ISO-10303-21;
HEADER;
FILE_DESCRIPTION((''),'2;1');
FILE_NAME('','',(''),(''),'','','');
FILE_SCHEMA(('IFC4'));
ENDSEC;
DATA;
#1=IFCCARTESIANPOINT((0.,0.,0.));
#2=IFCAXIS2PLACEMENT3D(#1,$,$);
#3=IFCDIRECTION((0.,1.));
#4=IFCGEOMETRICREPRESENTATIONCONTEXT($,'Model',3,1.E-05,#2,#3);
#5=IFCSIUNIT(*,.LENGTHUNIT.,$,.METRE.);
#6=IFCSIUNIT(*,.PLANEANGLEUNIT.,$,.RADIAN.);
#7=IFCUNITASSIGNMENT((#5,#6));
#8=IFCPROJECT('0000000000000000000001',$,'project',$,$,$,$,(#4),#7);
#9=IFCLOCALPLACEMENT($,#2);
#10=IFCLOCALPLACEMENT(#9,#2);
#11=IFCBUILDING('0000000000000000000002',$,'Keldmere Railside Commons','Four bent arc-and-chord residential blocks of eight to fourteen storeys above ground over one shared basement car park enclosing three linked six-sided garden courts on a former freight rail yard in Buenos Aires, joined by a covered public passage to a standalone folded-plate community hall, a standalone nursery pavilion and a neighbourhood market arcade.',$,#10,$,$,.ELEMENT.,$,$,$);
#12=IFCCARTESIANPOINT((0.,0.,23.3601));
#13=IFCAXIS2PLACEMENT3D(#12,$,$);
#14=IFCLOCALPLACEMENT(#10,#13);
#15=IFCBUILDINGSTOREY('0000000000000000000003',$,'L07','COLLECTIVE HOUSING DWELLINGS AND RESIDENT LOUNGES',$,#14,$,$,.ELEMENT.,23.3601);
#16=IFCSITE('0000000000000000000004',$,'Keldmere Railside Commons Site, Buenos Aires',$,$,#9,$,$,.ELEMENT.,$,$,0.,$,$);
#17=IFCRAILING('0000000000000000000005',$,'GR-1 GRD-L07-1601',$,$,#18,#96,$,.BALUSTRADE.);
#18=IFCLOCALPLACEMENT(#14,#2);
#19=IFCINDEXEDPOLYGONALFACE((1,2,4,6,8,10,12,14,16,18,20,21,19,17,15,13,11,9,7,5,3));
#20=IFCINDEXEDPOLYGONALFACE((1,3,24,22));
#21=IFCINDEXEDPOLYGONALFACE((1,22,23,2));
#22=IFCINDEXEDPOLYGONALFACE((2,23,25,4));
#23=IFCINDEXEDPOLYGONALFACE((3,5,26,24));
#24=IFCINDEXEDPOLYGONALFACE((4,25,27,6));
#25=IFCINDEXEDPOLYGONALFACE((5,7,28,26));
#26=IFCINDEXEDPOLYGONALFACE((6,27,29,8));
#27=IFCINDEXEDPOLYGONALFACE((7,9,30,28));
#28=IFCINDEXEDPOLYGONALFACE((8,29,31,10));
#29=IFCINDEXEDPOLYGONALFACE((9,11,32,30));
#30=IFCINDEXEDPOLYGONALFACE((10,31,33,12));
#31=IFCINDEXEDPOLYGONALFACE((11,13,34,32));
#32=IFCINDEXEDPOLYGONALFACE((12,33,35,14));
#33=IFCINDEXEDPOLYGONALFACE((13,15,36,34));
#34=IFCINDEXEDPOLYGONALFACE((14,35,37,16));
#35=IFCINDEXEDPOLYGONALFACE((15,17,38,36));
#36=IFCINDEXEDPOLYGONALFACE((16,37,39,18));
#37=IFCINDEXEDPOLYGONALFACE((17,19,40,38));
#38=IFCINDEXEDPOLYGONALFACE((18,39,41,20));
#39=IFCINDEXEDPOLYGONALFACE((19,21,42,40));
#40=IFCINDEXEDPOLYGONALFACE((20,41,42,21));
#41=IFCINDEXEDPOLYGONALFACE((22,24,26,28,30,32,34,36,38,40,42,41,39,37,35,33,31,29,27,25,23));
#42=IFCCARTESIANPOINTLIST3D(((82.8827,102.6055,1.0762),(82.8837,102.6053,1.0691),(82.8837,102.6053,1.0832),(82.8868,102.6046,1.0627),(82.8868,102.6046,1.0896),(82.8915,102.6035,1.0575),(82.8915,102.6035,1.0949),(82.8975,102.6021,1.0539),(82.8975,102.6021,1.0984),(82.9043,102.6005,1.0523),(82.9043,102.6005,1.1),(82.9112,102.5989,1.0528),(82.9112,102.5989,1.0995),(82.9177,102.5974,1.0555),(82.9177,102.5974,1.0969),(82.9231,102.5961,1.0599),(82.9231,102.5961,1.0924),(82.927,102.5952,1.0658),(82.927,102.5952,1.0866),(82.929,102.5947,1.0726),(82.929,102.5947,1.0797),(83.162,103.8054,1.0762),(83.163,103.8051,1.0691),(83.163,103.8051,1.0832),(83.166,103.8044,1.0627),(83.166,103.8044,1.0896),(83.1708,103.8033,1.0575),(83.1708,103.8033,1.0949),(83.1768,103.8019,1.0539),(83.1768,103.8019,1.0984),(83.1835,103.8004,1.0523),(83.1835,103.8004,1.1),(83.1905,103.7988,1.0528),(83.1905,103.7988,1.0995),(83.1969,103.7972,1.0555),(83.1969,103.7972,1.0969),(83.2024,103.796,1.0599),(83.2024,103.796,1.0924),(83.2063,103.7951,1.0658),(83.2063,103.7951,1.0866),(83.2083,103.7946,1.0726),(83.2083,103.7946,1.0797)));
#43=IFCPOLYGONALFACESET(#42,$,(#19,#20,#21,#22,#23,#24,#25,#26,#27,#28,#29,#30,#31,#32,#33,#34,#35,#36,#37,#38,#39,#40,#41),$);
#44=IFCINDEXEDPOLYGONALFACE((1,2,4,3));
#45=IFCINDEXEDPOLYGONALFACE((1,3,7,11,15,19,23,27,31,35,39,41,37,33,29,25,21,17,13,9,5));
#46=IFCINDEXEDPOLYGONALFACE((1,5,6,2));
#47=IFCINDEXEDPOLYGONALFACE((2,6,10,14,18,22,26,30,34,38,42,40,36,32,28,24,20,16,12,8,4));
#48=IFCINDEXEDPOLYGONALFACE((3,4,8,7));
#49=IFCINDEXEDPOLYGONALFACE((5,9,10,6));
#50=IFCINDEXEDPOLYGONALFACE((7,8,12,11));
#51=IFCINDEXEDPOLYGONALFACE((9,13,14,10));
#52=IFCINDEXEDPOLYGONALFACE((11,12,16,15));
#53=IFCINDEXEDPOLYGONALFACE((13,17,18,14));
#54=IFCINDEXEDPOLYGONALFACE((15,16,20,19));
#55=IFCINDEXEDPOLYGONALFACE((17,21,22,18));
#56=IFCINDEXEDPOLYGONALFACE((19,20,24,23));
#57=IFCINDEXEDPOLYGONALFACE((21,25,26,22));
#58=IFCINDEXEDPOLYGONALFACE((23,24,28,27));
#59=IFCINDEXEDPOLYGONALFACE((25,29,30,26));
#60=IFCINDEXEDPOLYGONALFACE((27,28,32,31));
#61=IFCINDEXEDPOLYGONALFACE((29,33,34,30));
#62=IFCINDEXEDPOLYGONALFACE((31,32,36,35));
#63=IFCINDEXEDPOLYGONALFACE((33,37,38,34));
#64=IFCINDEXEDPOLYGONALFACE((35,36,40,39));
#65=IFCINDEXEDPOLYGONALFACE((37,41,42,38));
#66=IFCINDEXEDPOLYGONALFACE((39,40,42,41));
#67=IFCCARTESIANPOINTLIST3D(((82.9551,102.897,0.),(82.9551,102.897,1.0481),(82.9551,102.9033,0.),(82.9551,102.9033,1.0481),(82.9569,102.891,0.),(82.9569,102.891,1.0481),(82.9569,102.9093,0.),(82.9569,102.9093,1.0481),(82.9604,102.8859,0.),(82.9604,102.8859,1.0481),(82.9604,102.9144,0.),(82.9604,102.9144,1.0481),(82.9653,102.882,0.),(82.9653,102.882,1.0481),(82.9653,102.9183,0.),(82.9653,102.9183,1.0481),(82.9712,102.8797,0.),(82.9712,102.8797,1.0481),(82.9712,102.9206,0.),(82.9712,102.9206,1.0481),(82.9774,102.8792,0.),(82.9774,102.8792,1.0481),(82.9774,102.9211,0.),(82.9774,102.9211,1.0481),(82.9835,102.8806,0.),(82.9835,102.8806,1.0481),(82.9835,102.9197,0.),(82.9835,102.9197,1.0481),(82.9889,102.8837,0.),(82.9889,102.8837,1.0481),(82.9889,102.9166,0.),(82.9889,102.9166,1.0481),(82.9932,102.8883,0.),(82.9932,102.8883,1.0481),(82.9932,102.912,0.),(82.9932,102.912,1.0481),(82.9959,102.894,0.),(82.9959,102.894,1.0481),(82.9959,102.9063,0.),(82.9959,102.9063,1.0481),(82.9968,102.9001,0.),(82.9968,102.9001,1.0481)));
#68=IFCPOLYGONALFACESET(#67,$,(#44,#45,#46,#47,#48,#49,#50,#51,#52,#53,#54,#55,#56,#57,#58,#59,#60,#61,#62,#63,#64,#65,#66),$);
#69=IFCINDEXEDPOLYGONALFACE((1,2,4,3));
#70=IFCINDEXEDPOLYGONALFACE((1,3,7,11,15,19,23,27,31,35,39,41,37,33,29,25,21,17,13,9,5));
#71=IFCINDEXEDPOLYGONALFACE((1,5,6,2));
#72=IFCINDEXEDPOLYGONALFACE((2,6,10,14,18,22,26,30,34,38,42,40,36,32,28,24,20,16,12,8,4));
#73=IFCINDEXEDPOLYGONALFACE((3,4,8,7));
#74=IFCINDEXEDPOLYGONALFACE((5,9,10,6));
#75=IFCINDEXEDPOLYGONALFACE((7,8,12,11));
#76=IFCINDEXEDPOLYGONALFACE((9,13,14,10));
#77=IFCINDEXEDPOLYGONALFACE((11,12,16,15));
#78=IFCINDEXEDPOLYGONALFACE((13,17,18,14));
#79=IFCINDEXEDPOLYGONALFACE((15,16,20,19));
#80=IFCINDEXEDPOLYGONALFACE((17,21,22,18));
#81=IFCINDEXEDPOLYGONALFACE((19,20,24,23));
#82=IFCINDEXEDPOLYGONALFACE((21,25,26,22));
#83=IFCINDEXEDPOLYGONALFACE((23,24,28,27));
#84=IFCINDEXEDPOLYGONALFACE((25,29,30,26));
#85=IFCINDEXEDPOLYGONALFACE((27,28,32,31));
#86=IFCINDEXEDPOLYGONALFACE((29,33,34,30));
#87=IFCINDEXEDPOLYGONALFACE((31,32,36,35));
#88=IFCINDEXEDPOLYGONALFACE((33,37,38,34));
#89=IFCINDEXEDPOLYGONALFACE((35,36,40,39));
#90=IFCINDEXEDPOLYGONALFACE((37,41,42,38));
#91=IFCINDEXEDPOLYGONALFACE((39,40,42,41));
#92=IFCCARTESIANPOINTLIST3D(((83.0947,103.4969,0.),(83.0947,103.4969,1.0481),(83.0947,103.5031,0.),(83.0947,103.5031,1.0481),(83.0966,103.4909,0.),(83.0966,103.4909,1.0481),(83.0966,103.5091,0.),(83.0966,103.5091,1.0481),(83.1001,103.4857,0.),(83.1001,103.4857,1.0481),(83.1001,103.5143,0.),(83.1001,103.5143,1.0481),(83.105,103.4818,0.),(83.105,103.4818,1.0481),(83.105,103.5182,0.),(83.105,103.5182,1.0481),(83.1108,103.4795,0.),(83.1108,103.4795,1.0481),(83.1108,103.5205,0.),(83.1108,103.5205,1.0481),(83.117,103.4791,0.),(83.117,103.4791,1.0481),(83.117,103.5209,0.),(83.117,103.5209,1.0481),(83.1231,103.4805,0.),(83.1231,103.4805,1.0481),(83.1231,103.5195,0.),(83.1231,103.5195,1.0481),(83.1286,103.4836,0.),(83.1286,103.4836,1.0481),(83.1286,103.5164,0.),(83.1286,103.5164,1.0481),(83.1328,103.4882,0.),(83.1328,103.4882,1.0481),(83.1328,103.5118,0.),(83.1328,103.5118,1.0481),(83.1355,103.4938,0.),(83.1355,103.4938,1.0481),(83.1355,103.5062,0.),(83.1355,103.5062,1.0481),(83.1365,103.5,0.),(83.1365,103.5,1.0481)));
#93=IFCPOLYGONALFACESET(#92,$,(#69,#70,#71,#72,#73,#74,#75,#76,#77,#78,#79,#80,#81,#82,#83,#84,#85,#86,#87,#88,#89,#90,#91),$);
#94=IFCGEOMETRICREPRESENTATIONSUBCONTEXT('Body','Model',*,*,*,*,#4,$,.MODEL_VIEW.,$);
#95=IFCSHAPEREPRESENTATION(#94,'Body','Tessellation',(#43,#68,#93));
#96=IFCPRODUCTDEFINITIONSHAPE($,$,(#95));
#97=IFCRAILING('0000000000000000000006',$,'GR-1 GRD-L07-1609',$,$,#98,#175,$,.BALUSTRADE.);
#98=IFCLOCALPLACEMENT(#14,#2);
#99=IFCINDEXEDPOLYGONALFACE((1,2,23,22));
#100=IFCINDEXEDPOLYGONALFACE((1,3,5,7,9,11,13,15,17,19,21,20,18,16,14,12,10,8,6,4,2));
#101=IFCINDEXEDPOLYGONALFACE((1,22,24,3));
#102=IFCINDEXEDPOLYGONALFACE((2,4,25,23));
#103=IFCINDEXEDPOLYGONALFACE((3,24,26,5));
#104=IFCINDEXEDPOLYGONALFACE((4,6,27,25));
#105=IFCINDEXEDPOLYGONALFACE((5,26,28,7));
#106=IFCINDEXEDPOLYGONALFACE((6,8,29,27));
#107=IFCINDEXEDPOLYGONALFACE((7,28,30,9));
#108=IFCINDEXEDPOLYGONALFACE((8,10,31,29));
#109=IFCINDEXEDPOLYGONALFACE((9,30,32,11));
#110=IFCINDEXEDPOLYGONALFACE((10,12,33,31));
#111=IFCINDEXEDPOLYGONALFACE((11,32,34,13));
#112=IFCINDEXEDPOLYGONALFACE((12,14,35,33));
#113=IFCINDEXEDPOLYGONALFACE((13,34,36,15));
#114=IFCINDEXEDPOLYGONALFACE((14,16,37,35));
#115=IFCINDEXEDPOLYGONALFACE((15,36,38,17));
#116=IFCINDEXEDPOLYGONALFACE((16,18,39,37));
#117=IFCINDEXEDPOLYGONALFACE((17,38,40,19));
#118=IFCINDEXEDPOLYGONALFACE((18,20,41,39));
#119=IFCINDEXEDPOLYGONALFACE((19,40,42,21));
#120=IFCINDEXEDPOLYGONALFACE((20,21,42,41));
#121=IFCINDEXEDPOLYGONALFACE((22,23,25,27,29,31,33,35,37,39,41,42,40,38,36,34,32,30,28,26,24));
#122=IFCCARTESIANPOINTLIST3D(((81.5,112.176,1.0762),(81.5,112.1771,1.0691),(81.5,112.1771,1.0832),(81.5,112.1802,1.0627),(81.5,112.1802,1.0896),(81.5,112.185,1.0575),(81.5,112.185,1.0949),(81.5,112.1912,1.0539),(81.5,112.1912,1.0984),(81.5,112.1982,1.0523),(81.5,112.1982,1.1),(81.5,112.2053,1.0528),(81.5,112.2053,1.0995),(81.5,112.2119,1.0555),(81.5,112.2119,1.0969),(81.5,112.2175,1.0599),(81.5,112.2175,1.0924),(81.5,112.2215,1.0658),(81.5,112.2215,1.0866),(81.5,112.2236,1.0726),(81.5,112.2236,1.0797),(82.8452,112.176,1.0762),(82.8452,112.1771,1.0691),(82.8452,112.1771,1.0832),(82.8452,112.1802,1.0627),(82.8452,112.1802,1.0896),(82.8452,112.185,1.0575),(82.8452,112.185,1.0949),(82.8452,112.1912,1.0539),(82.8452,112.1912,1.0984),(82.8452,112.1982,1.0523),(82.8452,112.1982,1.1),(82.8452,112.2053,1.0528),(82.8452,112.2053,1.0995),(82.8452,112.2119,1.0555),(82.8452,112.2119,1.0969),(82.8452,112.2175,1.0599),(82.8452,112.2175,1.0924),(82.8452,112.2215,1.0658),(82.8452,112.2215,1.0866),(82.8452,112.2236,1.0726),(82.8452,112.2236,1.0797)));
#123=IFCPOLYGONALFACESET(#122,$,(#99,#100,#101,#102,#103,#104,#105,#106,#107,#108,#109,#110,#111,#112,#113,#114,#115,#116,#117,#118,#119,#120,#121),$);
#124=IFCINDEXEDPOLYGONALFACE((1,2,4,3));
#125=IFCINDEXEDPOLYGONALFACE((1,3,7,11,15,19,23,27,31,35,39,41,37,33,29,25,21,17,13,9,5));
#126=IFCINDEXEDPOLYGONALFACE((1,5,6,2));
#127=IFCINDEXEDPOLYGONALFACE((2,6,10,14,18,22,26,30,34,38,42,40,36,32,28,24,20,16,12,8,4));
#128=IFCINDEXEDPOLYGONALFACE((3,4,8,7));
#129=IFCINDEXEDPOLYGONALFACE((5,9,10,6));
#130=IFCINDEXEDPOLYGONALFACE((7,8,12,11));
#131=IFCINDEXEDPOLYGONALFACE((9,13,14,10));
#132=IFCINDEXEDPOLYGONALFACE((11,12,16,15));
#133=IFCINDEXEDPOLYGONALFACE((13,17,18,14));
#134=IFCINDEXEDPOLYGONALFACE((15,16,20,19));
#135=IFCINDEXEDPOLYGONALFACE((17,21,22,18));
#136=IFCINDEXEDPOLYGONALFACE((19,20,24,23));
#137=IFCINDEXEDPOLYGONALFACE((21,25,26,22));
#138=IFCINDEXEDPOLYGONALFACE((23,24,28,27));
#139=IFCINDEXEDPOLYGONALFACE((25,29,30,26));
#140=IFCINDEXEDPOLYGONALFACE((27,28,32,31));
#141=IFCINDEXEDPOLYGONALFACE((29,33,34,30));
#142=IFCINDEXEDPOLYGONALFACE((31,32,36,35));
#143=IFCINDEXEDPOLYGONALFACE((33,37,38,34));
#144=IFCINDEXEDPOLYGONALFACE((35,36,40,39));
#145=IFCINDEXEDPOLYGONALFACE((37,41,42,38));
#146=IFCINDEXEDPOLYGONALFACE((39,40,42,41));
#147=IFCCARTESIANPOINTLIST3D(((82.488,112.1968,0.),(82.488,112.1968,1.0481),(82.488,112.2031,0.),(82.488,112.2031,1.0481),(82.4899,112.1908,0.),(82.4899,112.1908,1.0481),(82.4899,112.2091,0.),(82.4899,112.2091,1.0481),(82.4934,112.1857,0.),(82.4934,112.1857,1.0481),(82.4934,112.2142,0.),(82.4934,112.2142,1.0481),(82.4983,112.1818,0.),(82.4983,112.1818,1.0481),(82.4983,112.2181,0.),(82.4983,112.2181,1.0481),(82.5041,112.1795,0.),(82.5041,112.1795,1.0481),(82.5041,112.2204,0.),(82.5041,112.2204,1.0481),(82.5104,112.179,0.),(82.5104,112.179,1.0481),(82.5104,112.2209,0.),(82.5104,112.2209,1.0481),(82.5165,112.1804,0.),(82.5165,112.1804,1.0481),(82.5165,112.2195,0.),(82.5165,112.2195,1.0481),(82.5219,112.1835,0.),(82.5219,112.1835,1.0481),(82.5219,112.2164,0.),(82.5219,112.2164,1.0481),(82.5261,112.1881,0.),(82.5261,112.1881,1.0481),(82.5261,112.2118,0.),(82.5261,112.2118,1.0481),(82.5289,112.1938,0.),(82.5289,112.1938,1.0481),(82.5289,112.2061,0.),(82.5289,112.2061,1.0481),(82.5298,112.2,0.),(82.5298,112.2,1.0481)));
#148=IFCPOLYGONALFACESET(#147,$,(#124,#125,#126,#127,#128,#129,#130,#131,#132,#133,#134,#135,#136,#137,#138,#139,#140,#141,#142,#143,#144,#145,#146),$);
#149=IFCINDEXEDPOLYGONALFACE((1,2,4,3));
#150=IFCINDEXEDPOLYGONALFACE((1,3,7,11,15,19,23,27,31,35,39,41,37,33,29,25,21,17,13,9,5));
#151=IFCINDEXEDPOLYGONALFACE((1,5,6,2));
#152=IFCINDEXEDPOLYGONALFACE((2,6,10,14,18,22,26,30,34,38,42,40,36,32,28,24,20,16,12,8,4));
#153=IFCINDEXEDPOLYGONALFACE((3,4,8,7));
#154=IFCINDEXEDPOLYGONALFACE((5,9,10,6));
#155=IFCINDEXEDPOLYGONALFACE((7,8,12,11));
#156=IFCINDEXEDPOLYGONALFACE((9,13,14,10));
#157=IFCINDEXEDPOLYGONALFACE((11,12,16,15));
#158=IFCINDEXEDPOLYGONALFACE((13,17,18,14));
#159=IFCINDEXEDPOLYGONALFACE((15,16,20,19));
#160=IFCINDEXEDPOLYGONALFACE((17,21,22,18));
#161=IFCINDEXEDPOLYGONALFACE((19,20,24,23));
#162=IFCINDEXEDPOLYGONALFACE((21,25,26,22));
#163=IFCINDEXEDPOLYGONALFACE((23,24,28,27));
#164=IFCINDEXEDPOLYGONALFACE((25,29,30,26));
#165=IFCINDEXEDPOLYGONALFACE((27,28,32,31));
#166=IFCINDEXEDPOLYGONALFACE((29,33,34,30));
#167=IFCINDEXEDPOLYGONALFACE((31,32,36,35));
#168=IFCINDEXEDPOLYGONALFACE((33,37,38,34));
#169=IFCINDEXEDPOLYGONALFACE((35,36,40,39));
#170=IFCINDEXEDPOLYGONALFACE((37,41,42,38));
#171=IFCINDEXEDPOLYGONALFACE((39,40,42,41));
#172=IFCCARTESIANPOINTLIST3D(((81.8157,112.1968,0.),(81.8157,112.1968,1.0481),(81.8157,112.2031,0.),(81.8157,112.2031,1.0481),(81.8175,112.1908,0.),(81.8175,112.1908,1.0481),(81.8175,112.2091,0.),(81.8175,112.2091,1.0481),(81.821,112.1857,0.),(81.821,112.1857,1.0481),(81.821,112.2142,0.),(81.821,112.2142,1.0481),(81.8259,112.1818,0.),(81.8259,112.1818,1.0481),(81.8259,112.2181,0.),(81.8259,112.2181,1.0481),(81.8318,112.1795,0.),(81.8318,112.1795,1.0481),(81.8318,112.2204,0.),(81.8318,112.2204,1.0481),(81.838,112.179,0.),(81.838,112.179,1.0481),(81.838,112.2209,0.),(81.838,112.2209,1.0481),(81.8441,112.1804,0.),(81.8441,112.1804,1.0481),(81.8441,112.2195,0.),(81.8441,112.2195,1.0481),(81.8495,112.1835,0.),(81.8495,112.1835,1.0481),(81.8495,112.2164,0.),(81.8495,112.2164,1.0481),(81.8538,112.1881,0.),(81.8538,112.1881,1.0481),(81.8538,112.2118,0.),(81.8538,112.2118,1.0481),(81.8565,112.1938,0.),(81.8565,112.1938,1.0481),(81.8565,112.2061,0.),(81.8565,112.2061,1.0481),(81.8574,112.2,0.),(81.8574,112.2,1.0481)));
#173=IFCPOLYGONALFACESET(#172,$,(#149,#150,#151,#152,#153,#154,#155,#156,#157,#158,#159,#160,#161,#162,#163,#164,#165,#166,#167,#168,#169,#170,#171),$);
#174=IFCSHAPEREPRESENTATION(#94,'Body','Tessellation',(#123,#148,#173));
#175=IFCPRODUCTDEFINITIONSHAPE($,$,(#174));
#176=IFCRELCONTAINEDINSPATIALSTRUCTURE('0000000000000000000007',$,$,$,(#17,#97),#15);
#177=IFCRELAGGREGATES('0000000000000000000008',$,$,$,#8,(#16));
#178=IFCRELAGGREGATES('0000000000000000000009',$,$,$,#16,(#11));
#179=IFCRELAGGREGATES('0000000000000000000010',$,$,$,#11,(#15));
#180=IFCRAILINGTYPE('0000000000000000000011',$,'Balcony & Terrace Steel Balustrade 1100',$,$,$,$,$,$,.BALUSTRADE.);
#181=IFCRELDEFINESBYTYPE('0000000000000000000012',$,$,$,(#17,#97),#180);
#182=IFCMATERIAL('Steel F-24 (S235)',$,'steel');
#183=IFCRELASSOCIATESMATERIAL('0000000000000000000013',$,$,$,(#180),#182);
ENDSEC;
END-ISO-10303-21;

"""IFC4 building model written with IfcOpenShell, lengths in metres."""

from ifc_helpers import new_model, si_unit, direction, frame, origin, origin_2d, place, context, subcontext, project, spatial, circle, extrude, material, type_object, element, save


model = new_model("IFC4")

# Units and contexts
model_context = context("Model", 3, precision=1e-05, world=origin(), true_north=direction((0.0, 1.0)))
body_context = subcontext(model_context, "Body", "Model", "MODEL_VIEW")
ifc_project = project(units=[si_unit("LENGTHUNIT", "METRE"), si_unit("PLANEANGLEUNIT", "RADIAN")], contexts=[model_context])

# Site, building, storey
site_placement = place(None, origin())
site = spatial("IfcSite", under=ifc_project, at=site_placement, Name="Keldmere Railside Commons Site, Buenos Aires", CompositionType="ELEMENT", RefElevation=0.0)
building_placement = place(site_placement, origin())
building = spatial("IfcBuilding", under=site, at=building_placement, Name="Keldmere Railside Commons", Description="Four bent arc-and-chord residential blocks of eight to fourteen storeys above ground over one shared basement car park enclosing three linked six-sided garden courts on a former freight rail yard in Buenos Aires, joined by a covered public passage to a standalone folded-plate community hall, a standalone nursery pavilion and a neighbourhood market arcade.", CompositionType="ELEMENT")
storey_placement = place(building_placement, frame((0.0, 0.0, 23.3601)))
storey = spatial("IfcBuildingStorey", under=building, at=storey_placement, Name="L07", Description="COLLECTIVE HOUSING DWELLINGS AND RESIDENT LOUNGES", CompositionType="ELEMENT", Elevation=23.3601)

# Shared definitions
ifc_material_1 = material(Name="Steel F-24 (S235)", Category="steel")

# Railings
railing_type_1 = type_object("IfcRailingType", Name="Balcony & Terrace Steel Balustrade 1100", PredefinedType="BALUSTRADE", material=ifc_material_1)
railing_1_placement = place(storey_placement, frame((82.906, 102.6001, 0.0)))
element("IfcRailing", 1, at=railing_1_placement, inside=storey, type_object=railing_type_1, Name="GR-1 GRD-L07-1601", PredefinedType="BALUSTRADE", context=body_context, shape_type="SweptSolid", body=[
    extrude(circle(Radius=0.0239, at=origin_2d()), frame((0.0, 0.0, 1.0762), z_axis=(0.226697, 0.973965, 0.0), x_axis=(-0.973965, 0.226697, 0.0)), (0.0, 0.0, 1.0), 1.2319),
    extrude(circle(Radius=0.021, at=origin_2d()), frame((0.0698, 0.3, 0.0)), (0.0, 0.0, 1.0), 1.0481),
    extrude(circle(Radius=0.021, at=origin_2d()), frame((0.2095, 0.8999, 0.0)), (0.0, 0.0, 1.0), 1.0481),
])
railing_2_placement = place(storey_placement, frame((82.8452, 112.2, 0.0)))
element("IfcRailing", 2, at=railing_2_placement, inside=storey, type_object=railing_type_1, Name="GR-1 GRD-L07-1609", PredefinedType="BALUSTRADE", context=body_context, shape_type="SweptSolid", body=[
    extrude(circle(Radius=0.0239, at=origin_2d()), frame((0.0, 0.0, 1.0762), z_axis=(-1.0, 0.0, 0.0), x_axis=(0.0, -1.0, 0.0)), (0.0, 0.0, 1.0), 1.3452),
    extrude(circle(Radius=0.021, at=origin_2d()), frame((-0.3364, 0.0, 0.0)), (0.0, 0.0, 1.0), 1.0481),
    extrude(circle(Radius=0.021, at=origin_2d()), frame((-1.0088, 0.0, 0.0)), (0.0, 0.0, 1.0), 1.0481),
])

save(model, "model.ifc")
